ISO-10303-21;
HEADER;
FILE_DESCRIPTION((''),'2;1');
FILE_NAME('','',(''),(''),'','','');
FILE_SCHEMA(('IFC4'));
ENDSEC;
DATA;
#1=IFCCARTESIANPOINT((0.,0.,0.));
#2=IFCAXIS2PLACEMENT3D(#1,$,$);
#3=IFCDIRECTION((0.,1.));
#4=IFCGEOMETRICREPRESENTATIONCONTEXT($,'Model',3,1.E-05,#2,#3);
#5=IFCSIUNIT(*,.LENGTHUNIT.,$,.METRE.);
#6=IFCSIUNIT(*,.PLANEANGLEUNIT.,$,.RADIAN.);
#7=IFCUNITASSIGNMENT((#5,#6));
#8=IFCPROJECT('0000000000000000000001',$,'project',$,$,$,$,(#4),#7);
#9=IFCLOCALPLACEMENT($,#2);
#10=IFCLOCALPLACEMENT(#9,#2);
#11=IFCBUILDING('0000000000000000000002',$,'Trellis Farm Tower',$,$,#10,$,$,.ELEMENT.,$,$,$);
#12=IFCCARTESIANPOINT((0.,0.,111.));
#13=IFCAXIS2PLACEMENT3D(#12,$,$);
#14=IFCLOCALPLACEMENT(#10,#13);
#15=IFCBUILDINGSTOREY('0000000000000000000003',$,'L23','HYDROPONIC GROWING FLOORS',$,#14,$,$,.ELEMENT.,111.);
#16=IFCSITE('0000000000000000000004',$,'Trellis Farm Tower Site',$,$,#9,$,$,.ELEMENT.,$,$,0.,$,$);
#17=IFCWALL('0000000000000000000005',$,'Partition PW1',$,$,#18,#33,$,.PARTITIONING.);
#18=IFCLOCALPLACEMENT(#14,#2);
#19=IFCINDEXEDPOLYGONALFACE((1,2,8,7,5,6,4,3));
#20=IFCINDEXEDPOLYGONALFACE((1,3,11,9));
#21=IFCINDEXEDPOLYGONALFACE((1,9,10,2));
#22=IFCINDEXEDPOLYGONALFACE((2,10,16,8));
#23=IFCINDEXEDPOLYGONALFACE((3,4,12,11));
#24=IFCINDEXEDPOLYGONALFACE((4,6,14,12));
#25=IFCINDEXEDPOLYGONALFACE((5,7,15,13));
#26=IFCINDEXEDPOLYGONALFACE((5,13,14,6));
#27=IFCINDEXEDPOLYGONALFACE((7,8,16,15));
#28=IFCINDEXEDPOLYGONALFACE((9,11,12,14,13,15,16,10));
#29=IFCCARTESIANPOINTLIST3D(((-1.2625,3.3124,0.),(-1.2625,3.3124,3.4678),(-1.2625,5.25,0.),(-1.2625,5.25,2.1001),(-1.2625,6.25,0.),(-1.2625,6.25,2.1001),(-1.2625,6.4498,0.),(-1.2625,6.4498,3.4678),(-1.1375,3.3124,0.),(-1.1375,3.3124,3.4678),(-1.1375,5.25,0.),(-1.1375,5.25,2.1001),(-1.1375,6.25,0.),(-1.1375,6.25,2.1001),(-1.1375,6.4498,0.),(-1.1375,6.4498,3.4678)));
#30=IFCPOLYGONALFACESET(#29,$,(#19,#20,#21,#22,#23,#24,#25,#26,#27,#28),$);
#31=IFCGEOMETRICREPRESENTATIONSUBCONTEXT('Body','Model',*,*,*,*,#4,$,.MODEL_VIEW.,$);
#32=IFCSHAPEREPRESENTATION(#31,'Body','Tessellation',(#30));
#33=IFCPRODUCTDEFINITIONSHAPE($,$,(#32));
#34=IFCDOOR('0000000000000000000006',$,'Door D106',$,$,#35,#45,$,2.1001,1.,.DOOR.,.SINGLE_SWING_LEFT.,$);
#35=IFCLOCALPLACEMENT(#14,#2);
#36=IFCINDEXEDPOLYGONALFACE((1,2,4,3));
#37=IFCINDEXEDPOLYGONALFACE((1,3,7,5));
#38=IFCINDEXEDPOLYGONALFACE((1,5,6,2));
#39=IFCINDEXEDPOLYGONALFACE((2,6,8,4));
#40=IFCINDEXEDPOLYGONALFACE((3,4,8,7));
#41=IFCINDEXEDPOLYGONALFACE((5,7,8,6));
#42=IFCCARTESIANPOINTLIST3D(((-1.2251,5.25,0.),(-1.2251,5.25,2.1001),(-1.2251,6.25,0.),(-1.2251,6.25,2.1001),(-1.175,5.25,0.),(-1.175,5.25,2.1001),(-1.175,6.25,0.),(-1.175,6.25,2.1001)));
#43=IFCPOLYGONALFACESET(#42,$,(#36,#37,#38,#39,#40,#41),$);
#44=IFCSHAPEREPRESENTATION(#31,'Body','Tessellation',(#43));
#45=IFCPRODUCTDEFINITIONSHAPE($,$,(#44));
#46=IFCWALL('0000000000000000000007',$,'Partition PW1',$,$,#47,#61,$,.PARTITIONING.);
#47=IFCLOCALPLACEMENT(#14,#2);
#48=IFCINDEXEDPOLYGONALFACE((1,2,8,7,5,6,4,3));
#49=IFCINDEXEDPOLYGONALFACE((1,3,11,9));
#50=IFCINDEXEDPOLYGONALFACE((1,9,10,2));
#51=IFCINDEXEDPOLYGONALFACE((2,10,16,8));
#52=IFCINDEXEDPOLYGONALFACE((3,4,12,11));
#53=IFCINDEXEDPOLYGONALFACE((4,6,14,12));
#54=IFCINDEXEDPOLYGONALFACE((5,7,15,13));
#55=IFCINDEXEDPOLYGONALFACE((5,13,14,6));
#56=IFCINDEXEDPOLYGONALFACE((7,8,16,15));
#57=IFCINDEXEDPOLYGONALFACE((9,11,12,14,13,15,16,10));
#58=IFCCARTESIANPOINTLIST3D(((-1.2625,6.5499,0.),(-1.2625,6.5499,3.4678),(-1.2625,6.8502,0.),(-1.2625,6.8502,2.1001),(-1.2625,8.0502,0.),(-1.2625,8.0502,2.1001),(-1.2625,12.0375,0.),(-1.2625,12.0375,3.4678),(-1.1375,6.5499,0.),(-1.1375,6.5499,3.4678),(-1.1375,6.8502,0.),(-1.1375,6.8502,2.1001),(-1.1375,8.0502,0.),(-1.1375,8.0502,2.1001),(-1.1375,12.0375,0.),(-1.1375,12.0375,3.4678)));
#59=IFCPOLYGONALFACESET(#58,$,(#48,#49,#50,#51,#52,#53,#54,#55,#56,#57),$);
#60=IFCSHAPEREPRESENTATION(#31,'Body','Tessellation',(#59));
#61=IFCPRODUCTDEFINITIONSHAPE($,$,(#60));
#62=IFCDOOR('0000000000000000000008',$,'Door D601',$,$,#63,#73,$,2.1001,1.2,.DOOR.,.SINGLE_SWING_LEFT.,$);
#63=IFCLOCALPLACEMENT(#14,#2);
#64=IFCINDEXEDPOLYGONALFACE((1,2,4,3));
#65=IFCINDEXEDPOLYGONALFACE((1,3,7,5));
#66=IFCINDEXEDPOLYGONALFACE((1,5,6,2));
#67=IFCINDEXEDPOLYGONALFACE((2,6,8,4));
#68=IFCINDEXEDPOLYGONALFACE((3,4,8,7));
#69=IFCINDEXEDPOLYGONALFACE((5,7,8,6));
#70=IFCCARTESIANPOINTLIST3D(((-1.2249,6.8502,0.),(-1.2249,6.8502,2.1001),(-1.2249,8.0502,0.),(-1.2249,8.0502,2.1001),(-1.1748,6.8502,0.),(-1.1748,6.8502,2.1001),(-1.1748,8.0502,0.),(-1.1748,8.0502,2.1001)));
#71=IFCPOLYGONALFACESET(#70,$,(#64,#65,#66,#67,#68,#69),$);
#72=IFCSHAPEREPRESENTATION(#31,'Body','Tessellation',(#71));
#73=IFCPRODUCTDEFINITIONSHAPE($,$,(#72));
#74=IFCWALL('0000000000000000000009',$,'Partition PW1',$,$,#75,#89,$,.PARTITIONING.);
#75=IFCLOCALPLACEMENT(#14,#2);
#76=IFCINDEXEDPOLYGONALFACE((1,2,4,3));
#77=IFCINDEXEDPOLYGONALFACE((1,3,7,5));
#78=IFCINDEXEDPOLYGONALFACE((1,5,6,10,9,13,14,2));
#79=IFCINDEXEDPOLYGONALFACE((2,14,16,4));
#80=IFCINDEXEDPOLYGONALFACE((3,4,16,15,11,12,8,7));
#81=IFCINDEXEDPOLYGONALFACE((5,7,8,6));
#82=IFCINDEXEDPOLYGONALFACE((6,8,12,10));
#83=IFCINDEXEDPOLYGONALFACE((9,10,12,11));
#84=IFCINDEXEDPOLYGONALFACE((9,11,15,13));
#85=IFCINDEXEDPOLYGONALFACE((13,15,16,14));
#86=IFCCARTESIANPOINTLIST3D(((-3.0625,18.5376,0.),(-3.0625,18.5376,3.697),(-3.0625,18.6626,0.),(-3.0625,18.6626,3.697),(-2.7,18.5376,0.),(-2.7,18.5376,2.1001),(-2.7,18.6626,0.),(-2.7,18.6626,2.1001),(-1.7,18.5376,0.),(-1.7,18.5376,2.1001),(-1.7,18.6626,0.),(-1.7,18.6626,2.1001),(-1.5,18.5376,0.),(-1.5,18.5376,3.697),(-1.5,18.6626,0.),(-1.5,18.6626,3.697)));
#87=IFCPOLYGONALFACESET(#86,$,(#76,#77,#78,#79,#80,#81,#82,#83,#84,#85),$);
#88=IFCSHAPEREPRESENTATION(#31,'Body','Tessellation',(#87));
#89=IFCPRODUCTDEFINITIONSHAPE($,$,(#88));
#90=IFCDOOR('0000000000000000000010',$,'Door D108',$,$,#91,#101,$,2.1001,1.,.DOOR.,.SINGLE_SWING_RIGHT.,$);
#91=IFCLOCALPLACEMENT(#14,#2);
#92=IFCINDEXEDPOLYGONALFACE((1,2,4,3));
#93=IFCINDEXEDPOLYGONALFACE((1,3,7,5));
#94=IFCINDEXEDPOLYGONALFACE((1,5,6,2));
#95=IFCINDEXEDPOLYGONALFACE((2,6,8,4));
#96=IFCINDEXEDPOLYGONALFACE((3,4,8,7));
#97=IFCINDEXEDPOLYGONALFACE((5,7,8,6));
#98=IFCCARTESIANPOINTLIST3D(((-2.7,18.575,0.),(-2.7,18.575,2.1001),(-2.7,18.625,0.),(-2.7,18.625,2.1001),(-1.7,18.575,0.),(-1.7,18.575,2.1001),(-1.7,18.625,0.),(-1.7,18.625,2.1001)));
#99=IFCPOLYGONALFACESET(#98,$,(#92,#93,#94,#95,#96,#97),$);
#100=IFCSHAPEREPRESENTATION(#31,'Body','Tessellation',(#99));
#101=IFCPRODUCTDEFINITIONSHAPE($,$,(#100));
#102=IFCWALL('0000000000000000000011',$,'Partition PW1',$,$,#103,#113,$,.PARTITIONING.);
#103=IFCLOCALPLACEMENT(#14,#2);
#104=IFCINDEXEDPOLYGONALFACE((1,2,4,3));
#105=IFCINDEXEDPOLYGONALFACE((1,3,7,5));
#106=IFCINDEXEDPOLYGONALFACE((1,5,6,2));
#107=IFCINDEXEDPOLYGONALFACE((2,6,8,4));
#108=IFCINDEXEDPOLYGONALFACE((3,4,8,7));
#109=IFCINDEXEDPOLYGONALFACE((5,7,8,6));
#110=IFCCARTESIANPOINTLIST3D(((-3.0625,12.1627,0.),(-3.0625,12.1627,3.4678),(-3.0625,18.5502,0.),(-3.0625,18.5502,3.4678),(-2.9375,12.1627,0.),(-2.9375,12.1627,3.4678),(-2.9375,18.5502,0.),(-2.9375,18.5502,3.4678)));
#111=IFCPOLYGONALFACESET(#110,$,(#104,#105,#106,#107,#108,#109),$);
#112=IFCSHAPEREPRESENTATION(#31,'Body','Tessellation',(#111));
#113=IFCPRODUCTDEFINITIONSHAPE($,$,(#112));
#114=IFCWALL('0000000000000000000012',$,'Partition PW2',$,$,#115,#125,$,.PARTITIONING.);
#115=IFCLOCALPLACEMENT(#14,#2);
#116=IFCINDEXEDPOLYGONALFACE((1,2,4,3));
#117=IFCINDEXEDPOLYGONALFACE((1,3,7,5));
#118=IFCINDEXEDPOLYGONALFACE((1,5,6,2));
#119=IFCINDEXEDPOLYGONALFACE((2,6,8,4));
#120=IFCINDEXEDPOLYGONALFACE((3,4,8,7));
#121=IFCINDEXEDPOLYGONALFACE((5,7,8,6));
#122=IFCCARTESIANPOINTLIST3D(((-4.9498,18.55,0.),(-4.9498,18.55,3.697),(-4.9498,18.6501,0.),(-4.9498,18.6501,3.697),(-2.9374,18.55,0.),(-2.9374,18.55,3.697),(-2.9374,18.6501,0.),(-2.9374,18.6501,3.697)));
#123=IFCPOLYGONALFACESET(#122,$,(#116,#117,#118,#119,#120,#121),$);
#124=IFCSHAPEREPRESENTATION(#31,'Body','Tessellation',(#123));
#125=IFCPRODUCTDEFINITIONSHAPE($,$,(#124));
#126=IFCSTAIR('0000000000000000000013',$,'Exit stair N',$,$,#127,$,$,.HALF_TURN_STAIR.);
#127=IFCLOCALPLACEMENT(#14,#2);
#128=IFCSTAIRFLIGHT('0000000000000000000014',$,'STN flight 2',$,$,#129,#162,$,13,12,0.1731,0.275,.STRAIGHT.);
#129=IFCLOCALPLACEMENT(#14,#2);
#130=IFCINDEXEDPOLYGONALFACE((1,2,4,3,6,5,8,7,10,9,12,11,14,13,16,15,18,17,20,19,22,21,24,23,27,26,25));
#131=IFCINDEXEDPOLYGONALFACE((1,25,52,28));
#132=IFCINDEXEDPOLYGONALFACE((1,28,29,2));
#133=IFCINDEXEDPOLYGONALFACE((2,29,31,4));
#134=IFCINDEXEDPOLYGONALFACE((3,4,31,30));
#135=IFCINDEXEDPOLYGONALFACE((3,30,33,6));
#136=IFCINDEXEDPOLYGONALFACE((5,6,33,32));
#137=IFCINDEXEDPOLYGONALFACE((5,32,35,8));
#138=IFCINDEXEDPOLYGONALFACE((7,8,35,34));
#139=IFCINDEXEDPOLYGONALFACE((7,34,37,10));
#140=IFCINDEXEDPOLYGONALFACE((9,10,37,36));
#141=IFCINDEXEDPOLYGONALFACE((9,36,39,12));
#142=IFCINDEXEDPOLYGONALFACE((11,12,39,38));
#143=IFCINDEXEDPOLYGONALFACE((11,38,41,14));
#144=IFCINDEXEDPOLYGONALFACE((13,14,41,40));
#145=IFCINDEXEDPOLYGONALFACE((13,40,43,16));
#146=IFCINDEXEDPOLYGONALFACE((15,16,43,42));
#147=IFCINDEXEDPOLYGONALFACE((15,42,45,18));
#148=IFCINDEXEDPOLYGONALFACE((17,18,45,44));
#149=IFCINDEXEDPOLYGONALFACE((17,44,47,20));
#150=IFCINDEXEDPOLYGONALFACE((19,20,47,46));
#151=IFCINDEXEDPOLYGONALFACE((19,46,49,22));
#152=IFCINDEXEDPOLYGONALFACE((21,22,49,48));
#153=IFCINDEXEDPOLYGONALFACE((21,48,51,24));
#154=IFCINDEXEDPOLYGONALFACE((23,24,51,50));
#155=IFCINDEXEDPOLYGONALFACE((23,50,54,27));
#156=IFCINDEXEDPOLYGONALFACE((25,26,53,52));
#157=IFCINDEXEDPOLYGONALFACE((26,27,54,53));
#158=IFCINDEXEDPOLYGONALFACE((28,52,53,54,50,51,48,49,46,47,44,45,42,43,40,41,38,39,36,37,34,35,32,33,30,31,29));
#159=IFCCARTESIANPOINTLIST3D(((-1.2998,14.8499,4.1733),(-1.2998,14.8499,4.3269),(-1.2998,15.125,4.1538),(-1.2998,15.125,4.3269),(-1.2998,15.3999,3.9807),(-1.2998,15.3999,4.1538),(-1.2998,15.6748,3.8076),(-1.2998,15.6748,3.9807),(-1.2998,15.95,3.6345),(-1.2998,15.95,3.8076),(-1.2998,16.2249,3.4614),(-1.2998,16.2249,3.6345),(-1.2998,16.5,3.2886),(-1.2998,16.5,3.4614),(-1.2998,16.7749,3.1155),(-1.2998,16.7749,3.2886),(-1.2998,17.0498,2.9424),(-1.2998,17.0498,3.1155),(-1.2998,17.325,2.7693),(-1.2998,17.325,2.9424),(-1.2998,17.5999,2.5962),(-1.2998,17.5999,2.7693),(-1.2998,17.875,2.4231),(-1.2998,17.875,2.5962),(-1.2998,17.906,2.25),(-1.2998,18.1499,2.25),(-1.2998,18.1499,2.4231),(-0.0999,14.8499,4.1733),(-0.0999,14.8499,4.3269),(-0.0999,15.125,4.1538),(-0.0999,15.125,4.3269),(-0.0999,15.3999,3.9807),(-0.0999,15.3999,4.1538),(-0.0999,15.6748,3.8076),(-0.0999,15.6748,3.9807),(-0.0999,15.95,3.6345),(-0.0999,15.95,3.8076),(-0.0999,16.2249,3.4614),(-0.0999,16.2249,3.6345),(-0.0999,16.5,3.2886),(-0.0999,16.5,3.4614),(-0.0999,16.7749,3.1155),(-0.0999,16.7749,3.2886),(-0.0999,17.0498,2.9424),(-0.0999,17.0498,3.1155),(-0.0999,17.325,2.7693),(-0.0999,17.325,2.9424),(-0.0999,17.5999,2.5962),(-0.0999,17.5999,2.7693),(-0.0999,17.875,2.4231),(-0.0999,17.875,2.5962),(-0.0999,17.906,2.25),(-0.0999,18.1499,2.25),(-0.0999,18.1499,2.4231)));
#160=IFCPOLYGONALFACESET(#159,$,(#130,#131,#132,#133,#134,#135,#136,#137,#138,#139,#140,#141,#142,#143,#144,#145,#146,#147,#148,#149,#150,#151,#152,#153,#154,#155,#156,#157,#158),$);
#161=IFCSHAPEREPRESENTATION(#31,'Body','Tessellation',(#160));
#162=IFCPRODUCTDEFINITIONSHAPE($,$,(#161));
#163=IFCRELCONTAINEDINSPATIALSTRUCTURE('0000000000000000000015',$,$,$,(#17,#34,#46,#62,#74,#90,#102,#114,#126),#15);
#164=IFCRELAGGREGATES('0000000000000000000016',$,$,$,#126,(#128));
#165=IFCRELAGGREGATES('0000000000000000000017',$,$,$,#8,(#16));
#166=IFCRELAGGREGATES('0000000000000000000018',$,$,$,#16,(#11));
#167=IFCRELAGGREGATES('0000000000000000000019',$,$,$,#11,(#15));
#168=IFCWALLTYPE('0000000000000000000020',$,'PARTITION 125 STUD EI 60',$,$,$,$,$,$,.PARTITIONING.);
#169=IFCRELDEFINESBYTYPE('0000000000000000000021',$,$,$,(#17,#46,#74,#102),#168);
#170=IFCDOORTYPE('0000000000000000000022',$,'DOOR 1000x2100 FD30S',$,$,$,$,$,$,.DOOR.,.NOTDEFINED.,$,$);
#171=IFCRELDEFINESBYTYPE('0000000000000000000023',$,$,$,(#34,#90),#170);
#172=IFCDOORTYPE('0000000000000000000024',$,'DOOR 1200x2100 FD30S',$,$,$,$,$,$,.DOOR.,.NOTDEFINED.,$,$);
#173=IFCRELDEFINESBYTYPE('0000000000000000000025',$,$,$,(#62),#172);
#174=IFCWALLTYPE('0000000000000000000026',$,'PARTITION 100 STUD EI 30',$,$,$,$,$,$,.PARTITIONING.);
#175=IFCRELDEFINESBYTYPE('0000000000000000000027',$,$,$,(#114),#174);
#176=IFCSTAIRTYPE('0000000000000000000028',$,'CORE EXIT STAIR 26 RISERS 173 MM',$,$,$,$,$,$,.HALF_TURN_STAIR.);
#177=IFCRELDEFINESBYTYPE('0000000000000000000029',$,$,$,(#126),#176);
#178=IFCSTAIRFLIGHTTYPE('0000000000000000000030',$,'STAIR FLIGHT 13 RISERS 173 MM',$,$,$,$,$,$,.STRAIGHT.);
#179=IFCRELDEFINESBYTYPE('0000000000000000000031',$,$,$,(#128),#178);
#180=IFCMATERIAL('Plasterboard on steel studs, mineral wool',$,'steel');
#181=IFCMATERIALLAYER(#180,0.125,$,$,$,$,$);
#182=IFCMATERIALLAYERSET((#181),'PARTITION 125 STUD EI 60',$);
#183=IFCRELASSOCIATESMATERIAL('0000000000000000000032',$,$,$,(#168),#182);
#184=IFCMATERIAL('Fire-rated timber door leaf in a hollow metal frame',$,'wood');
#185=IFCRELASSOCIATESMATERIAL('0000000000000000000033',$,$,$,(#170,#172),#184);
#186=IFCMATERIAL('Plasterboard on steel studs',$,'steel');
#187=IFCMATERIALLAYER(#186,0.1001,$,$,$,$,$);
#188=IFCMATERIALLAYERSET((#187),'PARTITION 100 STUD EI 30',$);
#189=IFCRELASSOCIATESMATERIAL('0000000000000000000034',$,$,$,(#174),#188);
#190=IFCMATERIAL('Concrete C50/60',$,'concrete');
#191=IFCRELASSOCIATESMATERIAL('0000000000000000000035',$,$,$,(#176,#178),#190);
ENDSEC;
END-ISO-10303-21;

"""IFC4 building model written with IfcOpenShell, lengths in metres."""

from ifc_helpers import new_model, si_unit, direction, frame, frame_2d, origin, place, context, subcontext, project, spatial, polyline, rectangle, outline, extrude, source, transform, mapped, material, layer, layer_set, type_object, element, fill, aggregate, save


model = new_model("IFC4")

# Units and contexts
model_context = context("Model", 3, precision=1e-05, world=origin(), true_north=direction((0.0, 1.0)))
body_context = subcontext(model_context, "Body", "Model", "MODEL_VIEW")
ifc_project = project(units=[si_unit("LENGTHUNIT", "METRE"), si_unit("PLANEANGLEUNIT", "RADIAN")], contexts=[model_context])

# Site, building, storey
site_placement = place(None, origin())
site = spatial("IfcSite", under=ifc_project, at=site_placement, Name="Trellis Farm Tower Site", CompositionType="ELEMENT", RefElevation=0.0)
building_placement = place(site_placement, origin())
building = spatial("IfcBuilding", under=site, at=building_placement, Name="Trellis Farm Tower", CompositionType="ELEMENT")
storey_placement = place(building_placement, frame((0.0, 0.0, 111.0)))
storey = spatial("IfcBuildingStorey", under=building, at=storey_placement, Name="L23", Description="HYDROPONIC GROWING FLOORS", CompositionType="ELEMENT", Elevation=111.0)

# Shared definitions
placement = place(storey_placement, origin())

# Shared definitions
shared_shape_1 = source(origin(), body_context, "Body", "SweptSolid", [
    extrude(rectangle(XDim=1.2, YDim=2.1001, at=frame_2d((0.6001, 1.05))), frame((0.0, 0.0249, 0.0), z_axis=(0.0, -1.0, 0.0), x_axis=(1.0, 0.0, 0.0)), (0.0, 0.0, 1.0), 0.05),
])

# Shared definitions
ifc_material_1 = material(Name="Plasterboard on steel studs, mineral wool", Category="steel")
ifc_layer_1 = layer(ifc_material_1, 0.125)
ifc_layer_set_1 = layer_set([ifc_layer_1], Name="PARTITION 125 STUD EI 60")
wall_type_1 = type_object("IfcWallType", Name="PARTITION 125 STUD EI 60", PredefinedType="PARTITIONING", material=ifc_layer_set_1)

# Walls, openings, doors
shared_shape_2 = source(origin(), body_context, "Body", "SweptSolid", [
    extrude(rectangle(XDim=3.1375, YDim=0.125, at=frame_2d((1.5688, 0.0))), origin(), (0.0, 0.0, 1.0), 3.4678),
])
wall_1_placement = place(storey_placement, frame((-1.2, 6.45, 0.0), z_axis=(0.0, 0.0, 1.0), x_axis=(0.0, -1.0, 0.0)))
wall_1 = element("IfcWall", 1, at=wall_1_placement, inside=storey, type_object=wall_type_1, Name="Partition PW1", PredefinedType="PARTITIONING", context=body_context, shape_type="MappedRepresentation", body=[
    mapped(shared_shape_2, transform((0.0, 0.0, 0.0))),
])
shared_shape_3 = source(origin(), body_context, "Body", "SweptSolid", [
    extrude(rectangle(XDim=1.0, YDim=2.1001, at=frame_2d((0.5, 1.05))), frame((0.0, 0.0725, 0.0), z_axis=(0.0, -1.0, 0.0), x_axis=(1.0, 0.0, 0.0)), (0.0, 0.0, 1.0), 0.145),
])
opening_1_placement = place(wall_1_placement, frame((0.2, 0.0, 0.0)))
opening_1 = element("IfcOpeningElement", 2, at=opening_1_placement, cuts=wall_1, PredefinedType="OPENING", context=body_context, shape_type="MappedRepresentation", body=[
    mapped(shared_shape_3, transform((0.0, 0.0, 0.0))),
])
ifc_material_2 = material(Name="Fire-rated timber door leaf in a hollow metal frame", Category="wood")
door_type_1 = type_object("IfcDoorType", Name="DOOR 1000x2100 FD30S", OperationType="NOTDEFINED", PredefinedType="DOOR", material=ifc_material_2)
shared_shape_4 = source(origin(), body_context, "Body", "SweptSolid", [
    extrude(rectangle(XDim=1.0, YDim=2.1001, at=frame_2d((0.5, 1.05))), frame((0.0, 0.0249, 0.0), z_axis=(0.0, -1.0, 0.0), x_axis=(1.0, 0.0, 0.0)), (0.0, 0.0, 1.0), 0.05),
])
door_1_placement = place(opening_1_placement, origin())
door_1 = element("IfcDoor", 3, at=door_1_placement, inside=storey, type_object=door_type_1, Name="Door D106", OperationType="SINGLE_SWING_LEFT", OverallHeight=2.1001, OverallWidth=1.0, PredefinedType="DOOR", context=body_context, shape_type="MappedRepresentation", body=[
    mapped(shared_shape_4, transform((0.0, 0.0, 0.0))),
])
fill(opening_1, door_1)
shared_shape_5 = source(origin(), body_context, "Body", "SweptSolid", [
    extrude(rectangle(XDim=5.4875, YDim=0.125, at=frame_2d((2.7437, 0.0))), origin(), (0.0, 0.0, 1.0), 3.4678),
])
wall_2_placement = place(storey_placement, frame((-1.2, 6.55, 0.0), z_axis=(0.0, 0.0, 1.0), x_axis=(0.0, 1.0, 0.0)))
wall_2 = element("IfcWall", 4, at=wall_2_placement, inside=storey, type_object=wall_type_1, Name="Partition PW1", PredefinedType="PARTITIONING", context=body_context, shape_type="MappedRepresentation", body=[
    mapped(shared_shape_5, transform((0.0, 0.0, 0.0))),
])
shared_shape_6 = source(origin(), body_context, "Body", "SweptSolid", [
    extrude(rectangle(XDim=1.2, YDim=2.1001, at=frame_2d((0.6001, 1.05))), frame((0.0, 0.0725, 0.0), z_axis=(0.0, -1.0, 0.0), x_axis=(1.0, 0.0, 0.0)), (0.0, 0.0, 1.0), 0.145),
])
opening_2_placement = place(wall_2_placement, frame((0.3, 0.0, 0.0)))
opening_2 = element("IfcOpeningElement", 5, at=opening_2_placement, cuts=wall_2, PredefinedType="OPENING", context=body_context, shape_type="MappedRepresentation", body=[
    mapped(shared_shape_6, transform((0.0, 0.0, 0.0))),
])
door_type_2 = type_object("IfcDoorType", Name="DOOR 1200x2100 FD30S", OperationType="NOTDEFINED", PredefinedType="DOOR", material=ifc_material_2)
door_2_placement = place(opening_2_placement, origin())
door_2 = element("IfcDoor", 6, at=door_2_placement, inside=storey, type_object=door_type_2, Name="Door D601", OperationType="SINGLE_SWING_LEFT", OverallHeight=2.1001, OverallWidth=1.2, PredefinedType="DOOR", context=body_context, shape_type="MappedRepresentation", body=[
    mapped(shared_shape_1, transform((0.0, 0.0, 0.0))),
])
fill(opening_2, door_2)
shared_shape_7 = source(origin(), body_context, "Body", "SweptSolid", [
    extrude(rectangle(XDim=1.5625, YDim=0.125, at=frame_2d((0.7812, 0.0))), origin(), (0.0, 0.0, 1.0), 3.697),
])
wall_3_placement = place(storey_placement, frame((-3.0625, 18.6001, 0.0), z_axis=(0.0, 0.0, 1.0), x_axis=(1.0, 0.0, 0.0)))
wall_3 = element("IfcWall", 7, at=wall_3_placement, inside=storey, type_object=wall_type_1, Name="Partition PW1", PredefinedType="PARTITIONING", context=body_context, shape_type="MappedRepresentation", body=[
    mapped(shared_shape_7, transform((0.0, 0.0, 0.0))),
])
opening_3_placement = place(wall_3_placement, frame((0.3625, 0.0, 0.0)))
opening_3 = element("IfcOpeningElement", 8, at=opening_3_placement, cuts=wall_3, PredefinedType="OPENING", context=body_context, shape_type="MappedRepresentation", body=[
    mapped(shared_shape_3, transform((0.0, 0.0, 0.0))),
])
door_3_placement = place(opening_3_placement, origin())
door_3 = element("IfcDoor", 9, at=door_3_placement, inside=storey, type_object=door_type_1, Name="Door D108", OperationType="SINGLE_SWING_RIGHT", OverallHeight=2.1001, OverallWidth=1.0, PredefinedType="DOOR", context=body_context, shape_type="MappedRepresentation", body=[
    mapped(shared_shape_4, transform((0.0, 0.0, 0.0))),
])
fill(opening_3, door_3)

# Walls
shared_shape_8 = source(origin(), body_context, "Body", "SweptSolid", [
    extrude(rectangle(XDim=6.3875, YDim=0.125, at=frame_2d((3.1938, 0.0))), origin(), (0.0, 0.0, 1.0), 3.4678),
])
wall_4_placement = place(storey_placement, frame((-3.0, 12.1626, 0.0), z_axis=(0.0, 0.0, 1.0), x_axis=(0.0, 1.0, 0.0)))
element("IfcWall", 10, at=wall_4_placement, inside=storey, type_object=wall_type_1, Name="Partition PW1", PredefinedType="PARTITIONING", context=body_context, shape_type="MappedRepresentation", body=[
    mapped(shared_shape_8, transform((0.0, 0.0, 0.0))),
])
ifc_material_3 = material(Name="Plasterboard on steel studs", Category="steel")
ifc_layer_2 = layer(ifc_material_3, 0.1001)
ifc_layer_set_2 = layer_set([ifc_layer_2], Name="PARTITION 100 STUD EI 30")
wall_type_2 = type_object("IfcWallType", Name="PARTITION 100 STUD EI 30", PredefinedType="PARTITIONING", material=ifc_layer_set_2)
shared_shape_9 = source(origin(), body_context, "Body", "SweptSolid", [
    extrude(rectangle(XDim=2.0125, YDim=0.1001, at=frame_2d((1.0063, 0.0))), origin(), (0.0, 0.0, 1.0), 3.697),
])
wall_5_placement = place(storey_placement, frame((-4.95, 18.6001, 0.0), z_axis=(0.0, 0.0, 1.0), x_axis=(1.0, 0.0, 0.0)))
element("IfcWall", 11, at=wall_5_placement, inside=storey, type_object=wall_type_2, Name="Partition PW2", PredefinedType="PARTITIONING", context=body_context, shape_type="MappedRepresentation", body=[
    mapped(shared_shape_9, transform((0.0, 0.0, 0.0))),
])

# Stair, stair flight
ifc_material_4 = material(Name="Concrete C50/60", Category="concrete")
stair_type = type_object("IfcStairType", Name="CORE EXIT STAIR 26 RISERS 173 MM", PredefinedType="HALF_TURN_STAIR", material=ifc_material_4)
stair = element("IfcStair", 12, at=placement, inside=storey, type_object=stair_type, Name="Exit stair N", PredefinedType="HALF_TURN_STAIR")
stair_flight_type = type_object("IfcStairFlightType", Name="STAIR FLIGHT 13 RISERS 173 MM", PredefinedType="STRAIGHT", material=ifc_material_4)
shared_shape_10 = source(origin(), body_context, "Body", "SweptSolid", [
    extrude(outline(polyline([(0.0, 0.0), (0.0, 0.1731), (0.2749, 0.1731), (0.2749, 0.3462), (0.55, 0.3462), (0.55, 0.5193), (0.825, 0.5193), (0.825, 0.6924), (1.1001, 0.6924), (1.1001, 0.8655), (1.375, 0.8655), (1.375, 1.0386), (1.6499, 1.0386), (1.6499, 1.2114), (1.925, 1.2114), (1.925, 1.3845), (2.2, 1.3845), (2.2, 1.5576), (2.4751, 1.5576), (2.4751, 1.7307), (2.75, 1.7307), (2.75, 1.9038), (3.0249, 1.9038), (3.0249, 2.0769), (3.3, 2.0769), (3.3, 2.25), (3.3, 1.9233), (0.2439, 0.0), (0.0, 0.0)])), frame((0.0, 0.6001, 0.0), z_axis=(0.0, -1.0, 0.0), x_axis=(1.0, 0.0, 0.0)), (0.0, 0.0, 1.0), 1.2),
])
stair_flight_placement = place(storey_placement, frame((-0.7, 18.1499, 2.25), z_axis=(0.0, 0.0, 1.0), x_axis=(0.0, -1.0, 0.0)))
stair_flight = element("IfcStairFlight", 13, at=stair_flight_placement, type_object=stair_flight_type, Name="STN flight 2", NumberOfRisers=13, NumberOfTreads=12, PredefinedType="STRAIGHT", RiserHeight=0.1731, TreadLength=0.275, context=body_context, shape_type="MappedRepresentation", body=[
    mapped(shared_shape_10, transform((0.0, 0.0, 0.0))),
])
aggregate(stair, [stair_flight])

save(model, "model.ifc")
